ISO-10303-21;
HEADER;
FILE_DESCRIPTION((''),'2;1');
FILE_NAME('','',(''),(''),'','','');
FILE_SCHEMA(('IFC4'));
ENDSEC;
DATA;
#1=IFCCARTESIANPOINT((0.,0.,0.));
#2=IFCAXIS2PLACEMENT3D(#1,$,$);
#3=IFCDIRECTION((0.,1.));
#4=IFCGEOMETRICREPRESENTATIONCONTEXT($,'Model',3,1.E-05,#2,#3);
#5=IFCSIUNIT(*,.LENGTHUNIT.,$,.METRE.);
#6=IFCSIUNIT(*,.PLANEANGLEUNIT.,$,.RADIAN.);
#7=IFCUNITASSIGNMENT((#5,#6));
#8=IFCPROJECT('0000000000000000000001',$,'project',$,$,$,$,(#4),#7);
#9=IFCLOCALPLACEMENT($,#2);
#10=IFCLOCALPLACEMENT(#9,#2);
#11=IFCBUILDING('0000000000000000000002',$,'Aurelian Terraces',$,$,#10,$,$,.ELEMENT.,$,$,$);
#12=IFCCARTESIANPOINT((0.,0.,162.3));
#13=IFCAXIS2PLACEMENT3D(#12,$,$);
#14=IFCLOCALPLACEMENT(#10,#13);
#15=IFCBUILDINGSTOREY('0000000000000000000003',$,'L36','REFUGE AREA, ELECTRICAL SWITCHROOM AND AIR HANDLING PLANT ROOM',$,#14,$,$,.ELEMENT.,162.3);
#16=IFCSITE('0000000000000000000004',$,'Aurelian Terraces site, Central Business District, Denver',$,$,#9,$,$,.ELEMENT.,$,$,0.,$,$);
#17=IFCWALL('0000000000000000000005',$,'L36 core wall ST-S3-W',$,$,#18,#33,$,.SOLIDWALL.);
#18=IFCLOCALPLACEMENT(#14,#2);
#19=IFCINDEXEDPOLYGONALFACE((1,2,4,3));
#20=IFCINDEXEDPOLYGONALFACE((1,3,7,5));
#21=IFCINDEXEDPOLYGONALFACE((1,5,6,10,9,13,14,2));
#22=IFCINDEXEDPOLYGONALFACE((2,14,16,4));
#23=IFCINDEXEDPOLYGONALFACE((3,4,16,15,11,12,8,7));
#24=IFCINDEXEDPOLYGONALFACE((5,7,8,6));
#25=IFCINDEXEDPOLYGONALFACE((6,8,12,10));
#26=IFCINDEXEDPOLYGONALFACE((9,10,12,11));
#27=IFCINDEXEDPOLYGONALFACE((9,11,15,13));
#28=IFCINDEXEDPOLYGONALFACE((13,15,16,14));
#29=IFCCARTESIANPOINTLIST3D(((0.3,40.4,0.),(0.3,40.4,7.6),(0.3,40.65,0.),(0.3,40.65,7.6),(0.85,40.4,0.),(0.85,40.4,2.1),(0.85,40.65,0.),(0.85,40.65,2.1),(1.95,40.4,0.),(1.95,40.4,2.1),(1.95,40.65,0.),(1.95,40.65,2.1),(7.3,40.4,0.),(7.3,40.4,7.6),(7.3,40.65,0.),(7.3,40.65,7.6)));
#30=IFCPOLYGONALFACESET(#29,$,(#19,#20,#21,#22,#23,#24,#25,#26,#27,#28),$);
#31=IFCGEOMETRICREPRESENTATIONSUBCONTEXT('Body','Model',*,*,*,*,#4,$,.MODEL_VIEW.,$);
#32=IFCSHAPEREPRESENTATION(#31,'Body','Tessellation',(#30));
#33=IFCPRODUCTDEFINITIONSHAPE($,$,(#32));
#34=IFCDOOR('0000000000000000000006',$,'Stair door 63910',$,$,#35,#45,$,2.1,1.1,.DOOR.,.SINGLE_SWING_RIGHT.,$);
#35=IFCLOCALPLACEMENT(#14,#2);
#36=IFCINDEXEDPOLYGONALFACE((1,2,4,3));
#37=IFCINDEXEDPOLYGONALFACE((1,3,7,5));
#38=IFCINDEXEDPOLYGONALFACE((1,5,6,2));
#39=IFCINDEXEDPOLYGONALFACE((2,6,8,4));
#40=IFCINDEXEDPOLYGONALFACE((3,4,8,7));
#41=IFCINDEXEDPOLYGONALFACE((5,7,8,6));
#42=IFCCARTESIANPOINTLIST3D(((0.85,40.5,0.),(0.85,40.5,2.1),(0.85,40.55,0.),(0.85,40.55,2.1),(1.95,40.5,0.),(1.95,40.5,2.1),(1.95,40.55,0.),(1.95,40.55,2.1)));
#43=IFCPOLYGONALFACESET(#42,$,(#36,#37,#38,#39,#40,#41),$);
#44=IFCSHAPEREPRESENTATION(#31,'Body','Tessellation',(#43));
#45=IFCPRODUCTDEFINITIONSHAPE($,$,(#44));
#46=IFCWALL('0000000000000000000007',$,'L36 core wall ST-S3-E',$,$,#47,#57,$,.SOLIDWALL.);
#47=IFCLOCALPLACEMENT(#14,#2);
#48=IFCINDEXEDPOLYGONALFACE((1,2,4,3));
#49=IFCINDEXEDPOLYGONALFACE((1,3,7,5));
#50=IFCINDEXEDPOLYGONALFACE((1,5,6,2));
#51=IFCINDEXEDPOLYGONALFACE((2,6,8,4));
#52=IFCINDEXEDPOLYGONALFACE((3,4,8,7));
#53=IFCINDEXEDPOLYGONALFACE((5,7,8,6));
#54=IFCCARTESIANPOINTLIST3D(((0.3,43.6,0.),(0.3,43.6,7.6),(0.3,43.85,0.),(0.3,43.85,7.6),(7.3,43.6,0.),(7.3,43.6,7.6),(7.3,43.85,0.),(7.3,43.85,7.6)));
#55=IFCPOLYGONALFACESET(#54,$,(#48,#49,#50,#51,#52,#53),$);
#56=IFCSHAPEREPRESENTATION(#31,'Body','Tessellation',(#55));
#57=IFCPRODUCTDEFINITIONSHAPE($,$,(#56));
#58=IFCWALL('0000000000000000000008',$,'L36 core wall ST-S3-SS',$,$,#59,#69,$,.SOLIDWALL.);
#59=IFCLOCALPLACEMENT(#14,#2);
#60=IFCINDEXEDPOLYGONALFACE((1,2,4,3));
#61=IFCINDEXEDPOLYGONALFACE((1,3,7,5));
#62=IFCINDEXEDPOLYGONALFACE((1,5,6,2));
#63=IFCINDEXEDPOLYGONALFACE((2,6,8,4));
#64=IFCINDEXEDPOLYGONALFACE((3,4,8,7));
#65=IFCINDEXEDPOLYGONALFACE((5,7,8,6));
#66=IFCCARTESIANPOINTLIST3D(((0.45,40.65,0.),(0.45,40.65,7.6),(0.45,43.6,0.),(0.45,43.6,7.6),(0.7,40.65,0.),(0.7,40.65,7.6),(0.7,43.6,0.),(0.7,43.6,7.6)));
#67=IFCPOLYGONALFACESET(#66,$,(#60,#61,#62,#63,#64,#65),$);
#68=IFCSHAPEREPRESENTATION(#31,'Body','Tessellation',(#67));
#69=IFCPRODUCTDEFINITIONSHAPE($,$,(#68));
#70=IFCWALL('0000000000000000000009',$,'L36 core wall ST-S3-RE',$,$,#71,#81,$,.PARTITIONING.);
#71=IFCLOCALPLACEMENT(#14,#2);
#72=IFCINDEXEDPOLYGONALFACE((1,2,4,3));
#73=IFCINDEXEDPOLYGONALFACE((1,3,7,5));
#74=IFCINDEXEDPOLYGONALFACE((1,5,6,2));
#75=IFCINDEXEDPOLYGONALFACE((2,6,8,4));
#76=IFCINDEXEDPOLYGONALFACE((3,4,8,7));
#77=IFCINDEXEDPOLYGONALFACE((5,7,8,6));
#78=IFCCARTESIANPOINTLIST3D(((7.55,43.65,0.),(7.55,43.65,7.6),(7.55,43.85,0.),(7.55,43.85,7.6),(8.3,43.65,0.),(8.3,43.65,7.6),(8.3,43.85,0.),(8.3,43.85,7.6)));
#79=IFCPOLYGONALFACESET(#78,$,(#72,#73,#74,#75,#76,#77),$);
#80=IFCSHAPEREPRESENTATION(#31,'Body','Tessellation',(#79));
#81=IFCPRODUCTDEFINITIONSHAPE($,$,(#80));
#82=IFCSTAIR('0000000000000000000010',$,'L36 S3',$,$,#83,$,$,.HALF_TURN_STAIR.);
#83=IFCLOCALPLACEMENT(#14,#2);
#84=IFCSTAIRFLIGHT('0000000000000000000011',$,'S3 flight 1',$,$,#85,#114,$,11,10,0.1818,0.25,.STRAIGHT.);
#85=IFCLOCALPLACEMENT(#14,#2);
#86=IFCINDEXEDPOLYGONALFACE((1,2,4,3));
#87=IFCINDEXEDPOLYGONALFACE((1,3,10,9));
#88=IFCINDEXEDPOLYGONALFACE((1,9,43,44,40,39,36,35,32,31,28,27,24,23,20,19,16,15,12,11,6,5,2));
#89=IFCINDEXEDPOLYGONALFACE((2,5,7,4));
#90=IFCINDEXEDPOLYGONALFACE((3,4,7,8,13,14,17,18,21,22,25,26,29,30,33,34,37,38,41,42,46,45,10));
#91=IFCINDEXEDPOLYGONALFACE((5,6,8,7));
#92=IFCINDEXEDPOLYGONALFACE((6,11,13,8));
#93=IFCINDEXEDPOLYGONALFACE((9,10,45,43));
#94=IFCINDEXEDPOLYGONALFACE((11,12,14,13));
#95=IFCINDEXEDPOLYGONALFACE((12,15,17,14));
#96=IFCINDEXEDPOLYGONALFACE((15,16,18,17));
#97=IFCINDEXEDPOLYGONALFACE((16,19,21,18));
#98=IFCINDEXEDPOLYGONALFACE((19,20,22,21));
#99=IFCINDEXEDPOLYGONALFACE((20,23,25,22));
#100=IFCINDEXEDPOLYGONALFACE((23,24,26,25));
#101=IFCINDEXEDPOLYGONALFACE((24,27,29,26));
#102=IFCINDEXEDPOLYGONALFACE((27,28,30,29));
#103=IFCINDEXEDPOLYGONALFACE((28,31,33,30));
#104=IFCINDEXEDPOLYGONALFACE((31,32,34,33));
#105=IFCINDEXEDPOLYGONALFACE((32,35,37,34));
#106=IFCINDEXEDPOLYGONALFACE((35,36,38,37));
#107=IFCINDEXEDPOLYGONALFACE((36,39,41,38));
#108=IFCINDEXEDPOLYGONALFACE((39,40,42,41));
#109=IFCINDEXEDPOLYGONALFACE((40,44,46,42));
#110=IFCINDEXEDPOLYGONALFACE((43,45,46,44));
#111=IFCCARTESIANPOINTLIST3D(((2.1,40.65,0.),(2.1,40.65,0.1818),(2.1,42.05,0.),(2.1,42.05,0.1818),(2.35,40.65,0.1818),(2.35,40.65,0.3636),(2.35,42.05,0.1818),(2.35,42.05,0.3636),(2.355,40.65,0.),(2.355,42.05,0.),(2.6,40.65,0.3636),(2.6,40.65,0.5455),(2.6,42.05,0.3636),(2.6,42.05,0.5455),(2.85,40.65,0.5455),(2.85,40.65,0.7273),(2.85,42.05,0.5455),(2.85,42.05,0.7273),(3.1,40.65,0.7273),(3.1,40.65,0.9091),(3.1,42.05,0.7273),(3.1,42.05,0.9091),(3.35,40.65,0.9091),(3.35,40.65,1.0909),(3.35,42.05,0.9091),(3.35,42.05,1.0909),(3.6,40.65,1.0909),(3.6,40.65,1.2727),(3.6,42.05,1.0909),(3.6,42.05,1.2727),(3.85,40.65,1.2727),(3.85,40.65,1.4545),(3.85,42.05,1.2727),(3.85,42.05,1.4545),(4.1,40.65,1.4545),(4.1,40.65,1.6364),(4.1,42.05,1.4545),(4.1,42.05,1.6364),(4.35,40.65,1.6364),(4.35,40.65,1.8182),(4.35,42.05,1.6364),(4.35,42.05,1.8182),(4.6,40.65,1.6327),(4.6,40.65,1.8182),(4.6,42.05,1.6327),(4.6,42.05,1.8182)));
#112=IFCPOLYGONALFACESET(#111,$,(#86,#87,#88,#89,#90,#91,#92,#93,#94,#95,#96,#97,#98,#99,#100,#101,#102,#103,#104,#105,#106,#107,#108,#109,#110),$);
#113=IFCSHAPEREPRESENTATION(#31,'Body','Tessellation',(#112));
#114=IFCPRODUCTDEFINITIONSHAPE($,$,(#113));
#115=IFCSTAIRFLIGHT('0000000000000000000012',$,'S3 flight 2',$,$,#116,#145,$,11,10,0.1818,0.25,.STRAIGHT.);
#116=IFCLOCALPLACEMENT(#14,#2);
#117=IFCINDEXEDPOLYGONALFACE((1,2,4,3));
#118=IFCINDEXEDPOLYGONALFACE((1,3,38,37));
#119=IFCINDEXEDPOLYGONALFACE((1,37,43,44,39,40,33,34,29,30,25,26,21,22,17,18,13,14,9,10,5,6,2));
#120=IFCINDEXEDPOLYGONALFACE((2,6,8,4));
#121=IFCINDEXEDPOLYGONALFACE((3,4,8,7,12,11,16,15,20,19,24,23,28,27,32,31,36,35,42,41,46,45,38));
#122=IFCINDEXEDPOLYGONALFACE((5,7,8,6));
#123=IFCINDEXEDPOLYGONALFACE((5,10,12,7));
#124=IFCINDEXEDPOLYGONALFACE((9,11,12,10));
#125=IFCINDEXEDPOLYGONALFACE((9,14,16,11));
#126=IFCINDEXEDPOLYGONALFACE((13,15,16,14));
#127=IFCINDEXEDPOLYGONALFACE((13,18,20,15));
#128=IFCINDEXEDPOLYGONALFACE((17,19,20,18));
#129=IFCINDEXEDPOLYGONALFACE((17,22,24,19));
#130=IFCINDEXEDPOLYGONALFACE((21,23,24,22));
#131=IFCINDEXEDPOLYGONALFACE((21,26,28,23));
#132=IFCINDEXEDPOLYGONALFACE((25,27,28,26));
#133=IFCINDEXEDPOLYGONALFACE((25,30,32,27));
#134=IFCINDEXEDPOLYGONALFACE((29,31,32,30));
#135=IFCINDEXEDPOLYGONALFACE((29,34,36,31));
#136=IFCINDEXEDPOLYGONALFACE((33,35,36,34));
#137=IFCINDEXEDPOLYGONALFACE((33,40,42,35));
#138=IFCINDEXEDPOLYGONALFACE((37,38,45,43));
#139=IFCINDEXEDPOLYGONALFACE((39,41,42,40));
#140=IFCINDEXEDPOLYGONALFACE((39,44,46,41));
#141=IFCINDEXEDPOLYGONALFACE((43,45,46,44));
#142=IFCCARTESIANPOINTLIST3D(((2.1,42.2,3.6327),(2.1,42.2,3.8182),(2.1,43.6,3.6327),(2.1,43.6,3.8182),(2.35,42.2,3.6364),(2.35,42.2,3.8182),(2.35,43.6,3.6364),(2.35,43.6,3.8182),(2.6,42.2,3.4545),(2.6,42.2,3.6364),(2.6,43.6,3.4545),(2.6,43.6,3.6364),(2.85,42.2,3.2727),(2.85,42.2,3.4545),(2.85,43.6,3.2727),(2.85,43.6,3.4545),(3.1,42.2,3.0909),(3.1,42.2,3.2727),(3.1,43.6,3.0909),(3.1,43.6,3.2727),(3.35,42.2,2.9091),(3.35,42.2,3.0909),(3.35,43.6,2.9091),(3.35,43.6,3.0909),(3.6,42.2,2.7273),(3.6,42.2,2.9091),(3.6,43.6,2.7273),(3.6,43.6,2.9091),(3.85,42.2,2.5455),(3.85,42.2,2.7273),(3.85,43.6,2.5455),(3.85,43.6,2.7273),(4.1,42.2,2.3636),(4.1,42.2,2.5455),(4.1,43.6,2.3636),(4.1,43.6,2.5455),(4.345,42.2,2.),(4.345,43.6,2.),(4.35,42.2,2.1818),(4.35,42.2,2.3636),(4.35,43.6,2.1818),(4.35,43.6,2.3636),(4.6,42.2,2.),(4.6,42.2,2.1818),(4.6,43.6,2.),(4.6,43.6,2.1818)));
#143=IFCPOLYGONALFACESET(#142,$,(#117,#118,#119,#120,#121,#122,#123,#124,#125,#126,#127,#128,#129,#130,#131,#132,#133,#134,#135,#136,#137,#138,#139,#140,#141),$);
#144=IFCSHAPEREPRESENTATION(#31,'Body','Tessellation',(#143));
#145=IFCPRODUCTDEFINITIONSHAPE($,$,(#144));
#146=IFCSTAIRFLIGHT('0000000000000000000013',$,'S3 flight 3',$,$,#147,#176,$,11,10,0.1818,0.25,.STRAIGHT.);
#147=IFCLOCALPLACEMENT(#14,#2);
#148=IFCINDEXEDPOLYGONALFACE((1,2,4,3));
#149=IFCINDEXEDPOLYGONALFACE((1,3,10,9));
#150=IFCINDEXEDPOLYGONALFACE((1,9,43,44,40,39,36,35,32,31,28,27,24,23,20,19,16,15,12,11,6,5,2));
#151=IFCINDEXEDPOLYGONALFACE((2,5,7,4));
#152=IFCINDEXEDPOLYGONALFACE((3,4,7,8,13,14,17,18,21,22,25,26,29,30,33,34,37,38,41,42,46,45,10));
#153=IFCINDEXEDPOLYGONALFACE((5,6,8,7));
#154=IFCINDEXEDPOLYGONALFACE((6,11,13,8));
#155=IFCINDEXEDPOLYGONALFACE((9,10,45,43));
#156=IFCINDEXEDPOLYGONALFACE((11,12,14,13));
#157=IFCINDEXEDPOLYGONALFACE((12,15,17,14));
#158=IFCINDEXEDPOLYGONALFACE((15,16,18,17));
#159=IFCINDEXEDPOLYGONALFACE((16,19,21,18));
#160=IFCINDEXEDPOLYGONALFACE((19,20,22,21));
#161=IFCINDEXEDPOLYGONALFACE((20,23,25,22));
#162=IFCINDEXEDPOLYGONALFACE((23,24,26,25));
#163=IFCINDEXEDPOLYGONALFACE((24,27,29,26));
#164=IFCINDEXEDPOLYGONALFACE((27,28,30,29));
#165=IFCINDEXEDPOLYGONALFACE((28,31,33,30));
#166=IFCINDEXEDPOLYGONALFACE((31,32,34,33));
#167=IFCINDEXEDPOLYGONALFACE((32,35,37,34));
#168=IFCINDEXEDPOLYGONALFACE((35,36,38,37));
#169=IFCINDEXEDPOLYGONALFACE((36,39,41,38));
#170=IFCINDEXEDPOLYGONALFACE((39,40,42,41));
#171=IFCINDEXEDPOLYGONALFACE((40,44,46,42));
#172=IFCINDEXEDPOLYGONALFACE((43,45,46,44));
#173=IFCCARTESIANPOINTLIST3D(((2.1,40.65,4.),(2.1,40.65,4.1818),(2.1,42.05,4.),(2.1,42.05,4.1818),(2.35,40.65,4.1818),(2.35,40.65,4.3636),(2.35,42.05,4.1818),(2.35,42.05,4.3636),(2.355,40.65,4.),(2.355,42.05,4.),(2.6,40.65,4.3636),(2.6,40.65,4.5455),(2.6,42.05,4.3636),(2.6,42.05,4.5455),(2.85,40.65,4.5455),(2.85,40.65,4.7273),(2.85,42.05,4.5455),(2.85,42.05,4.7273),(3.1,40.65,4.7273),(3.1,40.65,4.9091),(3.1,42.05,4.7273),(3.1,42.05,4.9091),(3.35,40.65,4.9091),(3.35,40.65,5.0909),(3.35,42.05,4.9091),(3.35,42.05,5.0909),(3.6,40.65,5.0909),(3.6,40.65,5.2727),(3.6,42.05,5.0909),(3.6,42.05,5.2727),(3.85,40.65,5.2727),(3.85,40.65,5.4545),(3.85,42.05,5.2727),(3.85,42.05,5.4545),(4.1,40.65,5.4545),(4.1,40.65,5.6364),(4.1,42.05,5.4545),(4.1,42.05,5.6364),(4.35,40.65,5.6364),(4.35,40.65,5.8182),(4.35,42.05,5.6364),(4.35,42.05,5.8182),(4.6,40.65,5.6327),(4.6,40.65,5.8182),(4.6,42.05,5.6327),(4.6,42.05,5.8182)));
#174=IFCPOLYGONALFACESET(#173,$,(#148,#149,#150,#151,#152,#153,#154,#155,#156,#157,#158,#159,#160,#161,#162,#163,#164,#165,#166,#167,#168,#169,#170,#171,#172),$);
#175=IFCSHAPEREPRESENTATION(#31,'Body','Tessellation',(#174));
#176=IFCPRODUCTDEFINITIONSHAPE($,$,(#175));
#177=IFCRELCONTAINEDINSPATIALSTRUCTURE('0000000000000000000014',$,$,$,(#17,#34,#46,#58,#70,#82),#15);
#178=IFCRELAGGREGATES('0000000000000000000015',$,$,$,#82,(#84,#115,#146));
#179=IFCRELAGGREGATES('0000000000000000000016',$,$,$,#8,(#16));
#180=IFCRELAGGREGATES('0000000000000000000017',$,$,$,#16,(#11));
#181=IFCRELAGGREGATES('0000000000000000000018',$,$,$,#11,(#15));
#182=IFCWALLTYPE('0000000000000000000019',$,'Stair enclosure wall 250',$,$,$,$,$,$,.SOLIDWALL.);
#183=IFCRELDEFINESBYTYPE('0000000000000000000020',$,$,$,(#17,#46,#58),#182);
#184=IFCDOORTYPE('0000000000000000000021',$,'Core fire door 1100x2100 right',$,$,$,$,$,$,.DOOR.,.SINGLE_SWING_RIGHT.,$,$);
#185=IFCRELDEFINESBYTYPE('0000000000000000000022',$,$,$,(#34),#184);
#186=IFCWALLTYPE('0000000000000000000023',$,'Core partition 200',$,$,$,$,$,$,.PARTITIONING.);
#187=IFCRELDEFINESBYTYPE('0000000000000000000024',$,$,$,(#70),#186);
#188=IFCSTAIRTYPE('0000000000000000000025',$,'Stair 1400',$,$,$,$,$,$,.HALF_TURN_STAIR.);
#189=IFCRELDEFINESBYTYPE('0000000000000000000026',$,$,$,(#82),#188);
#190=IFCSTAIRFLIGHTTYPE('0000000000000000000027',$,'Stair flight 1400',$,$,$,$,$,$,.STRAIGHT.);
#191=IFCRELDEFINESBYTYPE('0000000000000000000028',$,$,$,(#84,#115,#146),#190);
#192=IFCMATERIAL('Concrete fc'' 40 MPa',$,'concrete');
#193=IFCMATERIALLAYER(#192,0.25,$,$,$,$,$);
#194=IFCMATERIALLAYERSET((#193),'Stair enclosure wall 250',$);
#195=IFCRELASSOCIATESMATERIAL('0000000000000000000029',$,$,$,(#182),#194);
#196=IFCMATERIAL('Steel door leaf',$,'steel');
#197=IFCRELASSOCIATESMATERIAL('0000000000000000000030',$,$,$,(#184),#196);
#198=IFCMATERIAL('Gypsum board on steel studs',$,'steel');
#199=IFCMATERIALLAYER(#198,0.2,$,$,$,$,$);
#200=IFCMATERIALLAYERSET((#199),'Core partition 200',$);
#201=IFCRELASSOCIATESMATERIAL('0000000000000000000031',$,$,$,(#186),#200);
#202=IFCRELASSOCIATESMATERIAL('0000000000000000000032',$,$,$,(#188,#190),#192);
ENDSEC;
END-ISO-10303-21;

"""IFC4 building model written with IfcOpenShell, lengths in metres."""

from ifc_helpers import new_model, si_unit, direction, frame, frame_2d, origin, place, context, subcontext, project, spatial, polyline, rectangle, outline, extrude, source, transform, mapped, material, layer, layer_set, type_object, element, fill, aggregate, save


model = new_model("IFC4")

# Units and contexts
model_context = context("Model", 3, precision=1e-05, world=origin(), true_north=direction((0.0, 1.0)))
body_context = subcontext(model_context, "Body", "Model", "MODEL_VIEW")
ifc_project = project(units=[si_unit("LENGTHUNIT", "METRE"), si_unit("PLANEANGLEUNIT", "RADIAN")], contexts=[model_context])

# Site, building, storey
site_placement = place(None, origin())
site = spatial("IfcSite", under=ifc_project, at=site_placement, Name="Aurelian Terraces site, Central Business District, Denver", CompositionType="ELEMENT", RefElevation=0.0)
building_placement = place(site_placement, origin())
building = spatial("IfcBuilding", under=site, at=building_placement, Name="Aurelian Terraces", CompositionType="ELEMENT")
storey_placement = place(building_placement, frame((0.0, 0.0, 162.3)))
storey = spatial("IfcBuildingStorey", under=building, at=storey_placement, Name="L36", Description="REFUGE AREA, ELECTRICAL SWITCHROOM AND AIR HANDLING PLANT ROOM", CompositionType="ELEMENT", Elevation=162.3)

# Wall, opening, door
ifc_material_1 = material(Name="Gypsum board on steel studs", Category="steel")
ifc_material_2 = material(Name="Concrete fc' 40 MPa", Category="concrete")
ifc_layer_1 = layer(ifc_material_2, 0.25)
ifc_layer_set_1 = layer_set([ifc_layer_1], Name="Stair enclosure wall 250")
wall_type_1 = type_object("IfcWallType", Name="Stair enclosure wall 250", PredefinedType="SOLIDWALL", material=ifc_layer_set_1)
shared_shape_1 = source(origin(), body_context, "Body", "SweptSolid", [
    extrude(rectangle(XDim=7.0, YDim=0.25, at=frame_2d((3.5, 0.0))), origin(), (0.0, 0.0, 1.0), 7.6),
])
wall_1_placement = place(storey_placement, frame((0.3, 40.525, 0.0), z_axis=(0.0, 0.0, 1.0), x_axis=(1.0, 0.0, 0.0)))
wall_1 = element("IfcWall", 1, at=wall_1_placement, inside=storey, type_object=wall_type_1, Name="L36 core wall ST-S3-W", PredefinedType="SOLIDWALL", context=body_context, shape_type="MappedRepresentation", body=[
    mapped(shared_shape_1, transform((0.0, 0.0, 0.0), scale=1.0)),
])
shared_shape_2 = source(origin(), body_context, "Body", "SweptSolid", [
    extrude(rectangle(XDim=1.1, YDim=2.1, at=frame_2d((0.55, 1.05))), frame((0.0, 0.135, 0.0), z_axis=(0.0, -1.0, 0.0), x_axis=(1.0, 0.0, 0.0)), (0.0, 0.0, 1.0), 0.27),
])
opening_1_placement = place(wall_1_placement, frame((0.55, 0.0, 0.0)))
opening_1 = element("IfcOpeningElement", 2, at=opening_1_placement, cuts=wall_1, PredefinedType="OPENING", context=body_context, shape_type="MappedRepresentation", body=[
    mapped(shared_shape_2, transform((0.0, 0.0, 0.0), scale=1.0)),
])
ifc_material_3 = material(Name="Steel door leaf", Category="steel")
door_type_1 = type_object("IfcDoorType", Name="Core fire door 1100x2100 right", OperationType="SINGLE_SWING_RIGHT", PredefinedType="DOOR", material=ifc_material_3)
shared_shape_3 = source(origin(), body_context, "Body", "SweptSolid", [
    extrude(rectangle(XDim=1.1, YDim=2.1, at=frame_2d((0.55, 1.05))), frame((0.0, 0.025, 0.0), z_axis=(0.0, -1.0, 0.0), x_axis=(1.0, 0.0, 0.0)), (0.0, 0.0, 1.0), 0.05),
])
door_1_placement = place(opening_1_placement, origin())
door_1 = element("IfcDoor", 3, at=door_1_placement, inside=storey, type_object=door_type_1, Name="Stair door 63910", OperationType="SINGLE_SWING_RIGHT", OverallHeight=2.1, OverallWidth=1.1, PredefinedType="DOOR", context=body_context, shape_type="MappedRepresentation", body=[
    mapped(shared_shape_3, transform((0.0, 0.0, 0.0), scale=1.0)),
])
fill(opening_1, door_1)

# Walls
wall_2_placement = place(storey_placement, frame((0.3, 43.725, 0.0), z_axis=(0.0, 0.0, 1.0), x_axis=(1.0, 0.0, 0.0)))
element("IfcWall", 4, at=wall_2_placement, inside=storey, type_object=wall_type_1, Name="L36 core wall ST-S3-E", PredefinedType="SOLIDWALL", context=body_context, shape_type="MappedRepresentation", body=[
    mapped(shared_shape_1, transform((0.0, 0.0, 0.0), scale=1.0)),
])
shared_shape_4 = source(origin(), body_context, "Body", "SweptSolid", [
    extrude(rectangle(XDim=2.95, YDim=0.25, at=frame_2d((1.475, 0.0))), origin(), (0.0, 0.0, 1.0), 7.6),
])
wall_3_placement = place(storey_placement, frame((0.575, 40.65, 0.0), z_axis=(0.0, 0.0, 1.0), x_axis=(0.0, 1.0, 0.0)))
element("IfcWall", 5, at=wall_3_placement, inside=storey, type_object=wall_type_1, Name="L36 core wall ST-S3-SS", PredefinedType="SOLIDWALL", context=body_context, shape_type="MappedRepresentation", body=[
    mapped(shared_shape_4, transform((0.0, 0.0, 0.0), scale=1.0)),
])
ifc_layer_2 = layer(ifc_material_1, 0.2)
ifc_layer_set_2 = layer_set([ifc_layer_2], Name="Core partition 200")
wall_type_2 = type_object("IfcWallType", Name="Core partition 200", PredefinedType="PARTITIONING", material=ifc_layer_set_2)
shared_shape_5 = source(origin(), body_context, "Body", "SweptSolid", [
    extrude(rectangle(XDim=0.75, YDim=0.2, at=frame_2d((0.375, 0.0))), origin(), (0.0, 0.0, 1.0), 7.6),
])
wall_4_placement = place(storey_placement, frame((7.55, 43.75, 0.0), z_axis=(0.0, 0.0, 1.0), x_axis=(1.0, 0.0, 0.0)))
element("IfcWall", 6, at=wall_4_placement, inside=storey, type_object=wall_type_2, Name="L36 core wall ST-S3-RE", PredefinedType="PARTITIONING", context=body_context, shape_type="MappedRepresentation", body=[
    mapped(shared_shape_5, transform((0.0, 0.0, 0.0), scale=1.0)),
])

# Stair, stair flights
stair_type = type_object("IfcStairType", Name="Stair 1400", PredefinedType="HALF_TURN_STAIR", material=ifc_material_2)
stair_placement = place(storey_placement, origin())
stair = element("IfcStair", 7, at=stair_placement, inside=storey, type_object=stair_type, Name="L36 S3", PredefinedType="HALF_TURN_STAIR")
stair_flight_type = type_object("IfcStairFlightType", Name="Stair flight 1400", PredefinedType="STRAIGHT", material=ifc_material_2)
shared_shape_6 = source(origin(), body_context, "Body", "SweptSolid", [
    extrude(outline(polyline([(0.0, 0.0), (0.0, 0.1818), (0.25, 0.1818), (0.25, 0.3636), (0.5, 0.3636), (0.5, 0.5455), (0.75, 0.5455), (0.75, 0.7273), (1.0, 0.7273), (1.0, 0.9091), (1.25, 0.9091), (1.25, 1.0909), (1.5, 1.0909), (1.5, 1.2727), (1.75, 1.2727), (1.75, 1.4545), (2.0, 1.4545), (2.0, 1.6364), (2.25, 1.6364), (2.25, 1.8182), (2.5, 1.8182), (2.5, 2.0), (2.5, 1.6327), (0.255, 0.0), (0.0, 0.0)])), frame((0.0, 0.7, 0.0), z_axis=(0.0, -1.0, 0.0), x_axis=(1.0, 0.0, 0.0)), (0.0, 0.0, 1.0), 1.4),
])
stair_flight_1_placement = place(storey_placement, frame((2.1, 41.35, 0.0), z_axis=(0.0, 0.0, 1.0), x_axis=(1.0, 0.0, 0.0)))
stair_flight_1 = element("IfcStairFlight", 8, at=stair_flight_1_placement, type_object=stair_flight_type, Name="S3 flight 1", NumberOfRisers=11, NumberOfTreads=10, PredefinedType="STRAIGHT", RiserHeight=0.1818, TreadLength=0.25, context=body_context, shape_type="MappedRepresentation", body=[
    mapped(shared_shape_6, transform((0.0, 0.0, 0.0), scale=1.0)),
])
stair_flight_2_placement = place(storey_placement, frame((4.6, 42.9, 2.0), z_axis=(0.0, 0.0, 1.0), x_axis=(-1.0, 0.0, 0.0)))
stair_flight_2 = element("IfcStairFlight", 9, at=stair_flight_2_placement, type_object=stair_flight_type, Name="S3 flight 2", NumberOfRisers=11, NumberOfTreads=10, PredefinedType="STRAIGHT", RiserHeight=0.1818, TreadLength=0.25, context=body_context, shape_type="MappedRepresentation", body=[
    mapped(shared_shape_6, transform((0.0, 0.0, 0.0), scale=1.0)),
])
stair_flight_3_placement = place(storey_placement, frame((2.1, 41.35, 4.0), z_axis=(0.0, 0.0, 1.0), x_axis=(1.0, 0.0, 0.0)))
stair_flight_3 = element("IfcStairFlight", 10, at=stair_flight_3_placement, type_object=stair_flight_type, Name="S3 flight 3", NumberOfRisers=11, NumberOfTreads=10, PredefinedType="STRAIGHT", RiserHeight=0.1818, TreadLength=0.25, context=body_context, shape_type="MappedRepresentation", body=[
    mapped(shared_shape_6, transform((0.0, 0.0, 0.0), scale=1.0)),
])
aggregate(stair, [stair_flight_1, stair_flight_2, stair_flight_3])

save(model, "model.ifc")
